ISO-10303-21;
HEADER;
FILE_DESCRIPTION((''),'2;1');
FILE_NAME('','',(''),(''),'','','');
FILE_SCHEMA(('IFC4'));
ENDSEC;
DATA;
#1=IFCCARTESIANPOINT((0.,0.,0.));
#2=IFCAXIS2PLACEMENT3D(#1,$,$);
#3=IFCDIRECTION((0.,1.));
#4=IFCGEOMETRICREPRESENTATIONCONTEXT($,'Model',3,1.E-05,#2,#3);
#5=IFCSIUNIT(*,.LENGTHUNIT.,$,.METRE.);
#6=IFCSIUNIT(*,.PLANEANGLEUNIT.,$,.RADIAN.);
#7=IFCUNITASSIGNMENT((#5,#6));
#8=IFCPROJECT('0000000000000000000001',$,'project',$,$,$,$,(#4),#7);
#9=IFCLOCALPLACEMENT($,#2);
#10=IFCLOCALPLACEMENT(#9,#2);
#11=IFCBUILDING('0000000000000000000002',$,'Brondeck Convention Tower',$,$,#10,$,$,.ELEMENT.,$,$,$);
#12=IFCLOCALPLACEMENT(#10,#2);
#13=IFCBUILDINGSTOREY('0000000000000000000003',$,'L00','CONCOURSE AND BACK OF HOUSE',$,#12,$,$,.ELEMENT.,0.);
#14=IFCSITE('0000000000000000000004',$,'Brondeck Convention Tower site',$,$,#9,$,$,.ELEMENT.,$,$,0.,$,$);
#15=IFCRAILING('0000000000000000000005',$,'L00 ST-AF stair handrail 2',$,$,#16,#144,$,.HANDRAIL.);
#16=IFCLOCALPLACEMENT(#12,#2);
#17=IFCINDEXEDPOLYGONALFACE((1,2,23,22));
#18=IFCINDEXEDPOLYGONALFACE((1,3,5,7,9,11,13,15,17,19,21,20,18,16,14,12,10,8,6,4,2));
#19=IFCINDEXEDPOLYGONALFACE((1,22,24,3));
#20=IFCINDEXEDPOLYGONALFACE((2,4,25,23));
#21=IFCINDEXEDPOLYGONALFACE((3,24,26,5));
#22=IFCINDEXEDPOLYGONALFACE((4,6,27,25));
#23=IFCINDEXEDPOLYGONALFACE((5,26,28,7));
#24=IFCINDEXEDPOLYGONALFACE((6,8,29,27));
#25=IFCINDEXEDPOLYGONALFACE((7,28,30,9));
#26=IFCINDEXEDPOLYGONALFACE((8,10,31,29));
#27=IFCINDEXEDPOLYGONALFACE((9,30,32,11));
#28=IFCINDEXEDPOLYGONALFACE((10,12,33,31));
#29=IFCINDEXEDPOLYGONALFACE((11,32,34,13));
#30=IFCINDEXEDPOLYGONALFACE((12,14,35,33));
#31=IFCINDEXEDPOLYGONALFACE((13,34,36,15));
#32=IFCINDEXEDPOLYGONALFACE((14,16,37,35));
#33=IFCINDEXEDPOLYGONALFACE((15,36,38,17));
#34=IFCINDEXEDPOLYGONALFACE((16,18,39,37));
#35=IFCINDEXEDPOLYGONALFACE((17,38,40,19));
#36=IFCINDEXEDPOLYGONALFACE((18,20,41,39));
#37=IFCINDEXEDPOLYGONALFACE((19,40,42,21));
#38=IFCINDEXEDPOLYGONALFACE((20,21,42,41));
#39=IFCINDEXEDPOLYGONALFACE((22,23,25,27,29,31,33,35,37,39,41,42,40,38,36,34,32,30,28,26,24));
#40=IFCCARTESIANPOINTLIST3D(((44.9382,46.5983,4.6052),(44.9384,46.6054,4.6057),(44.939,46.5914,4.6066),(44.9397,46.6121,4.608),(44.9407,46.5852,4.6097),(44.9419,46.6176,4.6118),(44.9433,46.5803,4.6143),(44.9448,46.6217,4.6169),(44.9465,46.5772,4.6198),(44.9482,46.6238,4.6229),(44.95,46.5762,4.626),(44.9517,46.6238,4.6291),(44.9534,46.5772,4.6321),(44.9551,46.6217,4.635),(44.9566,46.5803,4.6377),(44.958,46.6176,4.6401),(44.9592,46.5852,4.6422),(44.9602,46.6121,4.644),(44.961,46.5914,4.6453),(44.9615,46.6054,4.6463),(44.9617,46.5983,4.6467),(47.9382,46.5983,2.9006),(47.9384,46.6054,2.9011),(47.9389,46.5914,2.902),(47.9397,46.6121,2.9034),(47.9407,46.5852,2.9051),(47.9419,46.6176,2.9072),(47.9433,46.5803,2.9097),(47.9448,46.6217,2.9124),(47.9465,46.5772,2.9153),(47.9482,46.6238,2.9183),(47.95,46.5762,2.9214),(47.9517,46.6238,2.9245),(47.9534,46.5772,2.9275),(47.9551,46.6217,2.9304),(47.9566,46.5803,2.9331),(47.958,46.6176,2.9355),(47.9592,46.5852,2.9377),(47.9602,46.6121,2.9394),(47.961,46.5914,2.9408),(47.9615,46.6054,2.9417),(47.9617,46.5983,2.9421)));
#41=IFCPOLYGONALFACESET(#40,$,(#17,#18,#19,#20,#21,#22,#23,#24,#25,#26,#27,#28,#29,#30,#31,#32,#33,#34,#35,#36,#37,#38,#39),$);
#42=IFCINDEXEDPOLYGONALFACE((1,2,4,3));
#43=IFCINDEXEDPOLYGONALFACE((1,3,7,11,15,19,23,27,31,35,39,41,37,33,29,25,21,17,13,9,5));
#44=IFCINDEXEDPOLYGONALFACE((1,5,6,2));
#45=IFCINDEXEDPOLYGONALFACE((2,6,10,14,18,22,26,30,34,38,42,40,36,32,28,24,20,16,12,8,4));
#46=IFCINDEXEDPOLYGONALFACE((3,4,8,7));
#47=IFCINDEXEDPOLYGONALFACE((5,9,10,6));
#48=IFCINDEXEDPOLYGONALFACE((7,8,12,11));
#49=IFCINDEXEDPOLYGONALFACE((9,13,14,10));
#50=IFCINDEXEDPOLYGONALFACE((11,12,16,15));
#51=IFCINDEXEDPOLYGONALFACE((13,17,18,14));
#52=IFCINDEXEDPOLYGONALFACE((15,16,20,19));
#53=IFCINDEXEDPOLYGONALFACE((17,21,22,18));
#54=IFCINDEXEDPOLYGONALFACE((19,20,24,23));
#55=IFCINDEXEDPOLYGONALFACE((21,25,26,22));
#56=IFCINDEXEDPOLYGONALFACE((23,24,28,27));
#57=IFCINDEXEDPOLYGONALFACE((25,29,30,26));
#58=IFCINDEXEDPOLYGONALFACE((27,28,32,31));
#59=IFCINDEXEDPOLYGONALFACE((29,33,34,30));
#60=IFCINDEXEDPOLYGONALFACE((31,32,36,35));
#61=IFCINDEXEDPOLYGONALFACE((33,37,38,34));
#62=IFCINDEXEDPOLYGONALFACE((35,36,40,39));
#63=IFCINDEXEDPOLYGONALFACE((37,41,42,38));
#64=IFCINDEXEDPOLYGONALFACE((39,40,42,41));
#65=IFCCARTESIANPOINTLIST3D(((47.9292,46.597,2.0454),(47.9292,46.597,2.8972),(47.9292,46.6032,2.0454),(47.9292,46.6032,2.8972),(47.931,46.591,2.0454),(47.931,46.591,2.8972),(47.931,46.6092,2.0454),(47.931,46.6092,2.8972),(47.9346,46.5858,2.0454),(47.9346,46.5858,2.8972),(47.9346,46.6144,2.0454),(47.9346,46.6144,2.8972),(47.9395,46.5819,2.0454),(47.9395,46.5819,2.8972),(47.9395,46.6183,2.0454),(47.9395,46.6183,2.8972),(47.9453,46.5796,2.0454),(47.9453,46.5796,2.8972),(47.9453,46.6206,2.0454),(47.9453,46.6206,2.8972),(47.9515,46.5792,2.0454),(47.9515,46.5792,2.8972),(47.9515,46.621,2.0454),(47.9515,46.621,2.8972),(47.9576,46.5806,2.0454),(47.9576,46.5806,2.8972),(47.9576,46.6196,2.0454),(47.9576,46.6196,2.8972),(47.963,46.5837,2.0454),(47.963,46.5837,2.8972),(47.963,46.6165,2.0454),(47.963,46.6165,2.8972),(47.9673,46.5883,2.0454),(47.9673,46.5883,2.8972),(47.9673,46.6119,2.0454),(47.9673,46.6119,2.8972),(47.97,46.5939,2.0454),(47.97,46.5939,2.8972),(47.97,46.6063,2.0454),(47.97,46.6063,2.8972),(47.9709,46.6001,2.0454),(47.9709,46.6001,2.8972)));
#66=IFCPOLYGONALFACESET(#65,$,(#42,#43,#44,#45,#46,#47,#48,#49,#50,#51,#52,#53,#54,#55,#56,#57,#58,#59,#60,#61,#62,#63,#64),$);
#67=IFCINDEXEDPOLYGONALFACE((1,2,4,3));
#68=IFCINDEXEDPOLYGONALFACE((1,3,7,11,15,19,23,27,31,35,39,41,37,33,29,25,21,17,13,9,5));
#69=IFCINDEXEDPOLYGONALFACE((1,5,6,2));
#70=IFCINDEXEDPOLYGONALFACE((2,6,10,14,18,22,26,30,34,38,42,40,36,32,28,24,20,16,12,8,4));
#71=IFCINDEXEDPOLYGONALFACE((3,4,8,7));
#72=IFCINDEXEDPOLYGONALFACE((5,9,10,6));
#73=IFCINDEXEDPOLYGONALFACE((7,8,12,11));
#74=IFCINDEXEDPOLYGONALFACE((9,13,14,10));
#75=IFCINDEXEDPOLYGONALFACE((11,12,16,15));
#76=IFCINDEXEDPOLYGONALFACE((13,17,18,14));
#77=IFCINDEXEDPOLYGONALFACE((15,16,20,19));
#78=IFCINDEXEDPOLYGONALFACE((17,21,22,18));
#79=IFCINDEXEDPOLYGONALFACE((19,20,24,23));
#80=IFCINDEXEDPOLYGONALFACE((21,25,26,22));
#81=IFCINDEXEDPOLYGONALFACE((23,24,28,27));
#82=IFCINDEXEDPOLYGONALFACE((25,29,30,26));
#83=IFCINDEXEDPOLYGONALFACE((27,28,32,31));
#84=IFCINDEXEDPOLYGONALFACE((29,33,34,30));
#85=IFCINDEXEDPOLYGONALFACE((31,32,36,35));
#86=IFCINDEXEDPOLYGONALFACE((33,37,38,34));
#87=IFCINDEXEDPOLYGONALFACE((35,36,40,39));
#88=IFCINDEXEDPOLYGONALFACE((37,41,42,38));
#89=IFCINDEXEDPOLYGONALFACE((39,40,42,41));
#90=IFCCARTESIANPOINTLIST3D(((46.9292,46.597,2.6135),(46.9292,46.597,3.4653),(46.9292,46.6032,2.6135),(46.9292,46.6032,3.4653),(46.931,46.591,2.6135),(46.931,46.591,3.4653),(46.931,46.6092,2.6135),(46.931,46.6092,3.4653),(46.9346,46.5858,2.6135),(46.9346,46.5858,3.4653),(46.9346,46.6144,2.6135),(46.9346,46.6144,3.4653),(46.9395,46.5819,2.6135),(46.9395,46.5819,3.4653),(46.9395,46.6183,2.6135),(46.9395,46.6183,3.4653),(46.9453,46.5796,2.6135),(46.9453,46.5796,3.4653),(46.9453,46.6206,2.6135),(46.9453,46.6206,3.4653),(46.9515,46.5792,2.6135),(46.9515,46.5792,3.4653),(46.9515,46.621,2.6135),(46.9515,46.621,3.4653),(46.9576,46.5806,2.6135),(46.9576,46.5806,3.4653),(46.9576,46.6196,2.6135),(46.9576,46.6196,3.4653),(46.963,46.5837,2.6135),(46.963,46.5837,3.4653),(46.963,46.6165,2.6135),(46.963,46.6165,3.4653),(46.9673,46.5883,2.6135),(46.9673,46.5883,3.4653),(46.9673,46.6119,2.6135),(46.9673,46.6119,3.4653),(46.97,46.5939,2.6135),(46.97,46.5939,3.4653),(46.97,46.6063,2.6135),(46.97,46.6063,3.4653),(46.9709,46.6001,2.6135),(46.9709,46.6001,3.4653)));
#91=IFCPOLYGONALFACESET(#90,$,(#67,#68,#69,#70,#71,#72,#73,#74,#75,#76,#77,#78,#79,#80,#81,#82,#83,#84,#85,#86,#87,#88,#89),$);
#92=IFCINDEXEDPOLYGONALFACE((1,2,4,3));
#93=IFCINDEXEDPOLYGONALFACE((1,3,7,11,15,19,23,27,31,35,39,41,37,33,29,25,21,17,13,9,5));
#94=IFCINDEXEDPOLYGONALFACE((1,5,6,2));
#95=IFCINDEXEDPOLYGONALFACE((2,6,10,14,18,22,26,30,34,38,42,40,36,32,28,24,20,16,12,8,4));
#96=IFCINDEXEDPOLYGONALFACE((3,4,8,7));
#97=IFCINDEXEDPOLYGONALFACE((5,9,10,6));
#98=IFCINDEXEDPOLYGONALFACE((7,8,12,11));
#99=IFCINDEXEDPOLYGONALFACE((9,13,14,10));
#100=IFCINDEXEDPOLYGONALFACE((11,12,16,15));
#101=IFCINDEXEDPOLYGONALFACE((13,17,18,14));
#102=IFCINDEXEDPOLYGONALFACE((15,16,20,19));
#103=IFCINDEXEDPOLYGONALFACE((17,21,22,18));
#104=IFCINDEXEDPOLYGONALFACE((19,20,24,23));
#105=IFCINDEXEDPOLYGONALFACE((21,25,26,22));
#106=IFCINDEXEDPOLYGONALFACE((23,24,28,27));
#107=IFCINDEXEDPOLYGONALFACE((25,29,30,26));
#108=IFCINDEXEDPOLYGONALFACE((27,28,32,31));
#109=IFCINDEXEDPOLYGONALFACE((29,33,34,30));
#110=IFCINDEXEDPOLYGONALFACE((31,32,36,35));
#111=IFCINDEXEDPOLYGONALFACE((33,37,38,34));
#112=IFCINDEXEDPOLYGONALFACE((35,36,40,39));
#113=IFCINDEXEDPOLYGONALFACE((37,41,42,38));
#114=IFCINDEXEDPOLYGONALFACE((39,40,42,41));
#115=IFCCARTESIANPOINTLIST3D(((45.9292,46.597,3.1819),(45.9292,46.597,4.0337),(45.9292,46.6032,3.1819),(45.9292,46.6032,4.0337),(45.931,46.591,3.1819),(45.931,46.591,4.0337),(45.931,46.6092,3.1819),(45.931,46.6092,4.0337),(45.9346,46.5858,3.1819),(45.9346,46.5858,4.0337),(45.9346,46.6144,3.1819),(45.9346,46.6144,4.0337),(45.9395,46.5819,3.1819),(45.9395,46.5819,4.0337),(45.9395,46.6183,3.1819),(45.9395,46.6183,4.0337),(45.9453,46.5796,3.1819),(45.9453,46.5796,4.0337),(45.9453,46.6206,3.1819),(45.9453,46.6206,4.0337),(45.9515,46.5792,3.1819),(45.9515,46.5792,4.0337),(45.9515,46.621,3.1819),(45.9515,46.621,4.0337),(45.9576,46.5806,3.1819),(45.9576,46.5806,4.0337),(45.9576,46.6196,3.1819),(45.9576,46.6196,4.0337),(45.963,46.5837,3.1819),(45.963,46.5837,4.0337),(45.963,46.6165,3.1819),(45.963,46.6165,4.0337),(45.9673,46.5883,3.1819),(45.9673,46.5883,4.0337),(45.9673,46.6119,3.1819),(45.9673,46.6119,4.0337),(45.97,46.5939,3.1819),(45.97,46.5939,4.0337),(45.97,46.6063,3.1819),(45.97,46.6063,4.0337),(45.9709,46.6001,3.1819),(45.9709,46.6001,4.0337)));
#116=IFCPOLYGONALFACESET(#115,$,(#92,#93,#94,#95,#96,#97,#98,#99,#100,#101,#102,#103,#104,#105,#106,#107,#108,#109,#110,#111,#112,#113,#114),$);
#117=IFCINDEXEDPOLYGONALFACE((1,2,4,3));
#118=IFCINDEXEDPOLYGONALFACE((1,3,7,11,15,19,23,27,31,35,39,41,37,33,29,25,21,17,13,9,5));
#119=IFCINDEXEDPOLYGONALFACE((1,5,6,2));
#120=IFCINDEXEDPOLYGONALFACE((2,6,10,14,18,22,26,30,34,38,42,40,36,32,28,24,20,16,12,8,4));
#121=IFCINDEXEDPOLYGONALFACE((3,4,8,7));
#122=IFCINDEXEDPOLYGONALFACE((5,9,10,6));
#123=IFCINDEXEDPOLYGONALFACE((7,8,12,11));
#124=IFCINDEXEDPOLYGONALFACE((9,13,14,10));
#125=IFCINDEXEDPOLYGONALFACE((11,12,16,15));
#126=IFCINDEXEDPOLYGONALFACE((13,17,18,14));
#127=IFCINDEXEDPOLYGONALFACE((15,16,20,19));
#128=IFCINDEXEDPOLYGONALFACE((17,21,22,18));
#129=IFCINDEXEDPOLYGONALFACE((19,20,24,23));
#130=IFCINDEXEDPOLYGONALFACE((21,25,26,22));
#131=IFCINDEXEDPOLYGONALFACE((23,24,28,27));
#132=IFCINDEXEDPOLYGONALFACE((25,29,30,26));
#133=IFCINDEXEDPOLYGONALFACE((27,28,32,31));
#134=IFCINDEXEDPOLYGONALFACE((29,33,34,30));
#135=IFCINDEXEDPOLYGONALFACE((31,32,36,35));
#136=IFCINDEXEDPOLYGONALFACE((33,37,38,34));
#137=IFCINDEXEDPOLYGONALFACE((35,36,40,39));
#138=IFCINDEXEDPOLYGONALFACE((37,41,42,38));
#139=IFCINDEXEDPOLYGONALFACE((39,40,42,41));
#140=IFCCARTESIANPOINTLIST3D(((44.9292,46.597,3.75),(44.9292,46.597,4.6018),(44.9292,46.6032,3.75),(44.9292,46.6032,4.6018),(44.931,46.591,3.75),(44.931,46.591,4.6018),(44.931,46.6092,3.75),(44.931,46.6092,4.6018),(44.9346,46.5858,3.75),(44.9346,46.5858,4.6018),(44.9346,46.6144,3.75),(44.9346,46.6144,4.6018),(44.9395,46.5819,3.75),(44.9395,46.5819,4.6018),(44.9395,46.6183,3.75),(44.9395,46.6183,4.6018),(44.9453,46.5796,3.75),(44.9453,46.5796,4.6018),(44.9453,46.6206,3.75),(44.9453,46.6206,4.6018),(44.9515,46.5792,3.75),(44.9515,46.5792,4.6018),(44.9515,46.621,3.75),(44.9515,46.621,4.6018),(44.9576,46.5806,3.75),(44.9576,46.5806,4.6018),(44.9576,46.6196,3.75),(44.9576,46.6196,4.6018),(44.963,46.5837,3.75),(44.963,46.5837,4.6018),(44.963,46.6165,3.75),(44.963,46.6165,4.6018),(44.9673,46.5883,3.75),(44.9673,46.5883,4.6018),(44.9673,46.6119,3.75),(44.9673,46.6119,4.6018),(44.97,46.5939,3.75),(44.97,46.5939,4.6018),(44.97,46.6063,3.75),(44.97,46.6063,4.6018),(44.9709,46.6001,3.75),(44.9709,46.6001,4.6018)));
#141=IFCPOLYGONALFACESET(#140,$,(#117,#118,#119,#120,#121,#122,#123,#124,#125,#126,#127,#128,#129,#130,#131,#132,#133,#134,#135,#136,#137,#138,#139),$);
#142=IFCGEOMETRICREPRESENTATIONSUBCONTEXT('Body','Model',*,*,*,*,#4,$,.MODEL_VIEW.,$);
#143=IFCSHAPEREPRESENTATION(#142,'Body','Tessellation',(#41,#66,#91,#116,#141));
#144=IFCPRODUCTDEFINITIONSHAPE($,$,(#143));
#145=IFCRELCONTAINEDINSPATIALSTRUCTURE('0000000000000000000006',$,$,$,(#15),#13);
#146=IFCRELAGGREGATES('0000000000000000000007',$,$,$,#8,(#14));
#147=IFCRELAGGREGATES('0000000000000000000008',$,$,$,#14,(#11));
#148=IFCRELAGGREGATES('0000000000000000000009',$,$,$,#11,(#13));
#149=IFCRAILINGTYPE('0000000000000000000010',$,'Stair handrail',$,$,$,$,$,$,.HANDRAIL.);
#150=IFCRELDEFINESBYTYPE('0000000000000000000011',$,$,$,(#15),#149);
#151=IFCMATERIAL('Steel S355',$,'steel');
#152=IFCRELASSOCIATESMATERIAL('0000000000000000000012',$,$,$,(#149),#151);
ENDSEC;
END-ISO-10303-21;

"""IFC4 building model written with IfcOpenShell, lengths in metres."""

from ifc_helpers import new_model, si_unit, direction, frame, origin, origin_2d, place, context, subcontext, project, spatial, circle, extrude, material, type_object, element, save


model = new_model("IFC4")

# Units and contexts
model_context = context("Model", 3, precision=1e-05, world=origin(), true_north=direction((0.0, 1.0)))
body_context = subcontext(model_context, "Body", "Model", "MODEL_VIEW")
ifc_project = project(units=[si_unit("LENGTHUNIT", "METRE"), si_unit("PLANEANGLEUNIT", "RADIAN")], contexts=[model_context])

# Site, building, storey
site_placement = place(None, origin())
site = spatial("IfcSite", under=ifc_project, at=site_placement, Name="Brondeck Convention Tower site", CompositionType="ELEMENT", RefElevation=0.0)
building_placement = place(site_placement, origin())
building = spatial("IfcBuilding", under=site, at=building_placement, Name="Brondeck Convention Tower", CompositionType="ELEMENT")
storey_placement = place(building_placement, origin())
storey = spatial("IfcBuildingStorey", under=building, at=storey_placement, Name="L00", Description="CONCOURSE AND BACK OF HOUSE", CompositionType="ELEMENT", Elevation=0.0)

# Shared definitions
ifc_material_1 = material(Name="Steel S355", Category="steel")

# Railing
railing_type_1 = type_object("IfcRailingType", Name="Stair handrail", PredefinedType="HANDRAIL", material=ifc_material_1)
railing_1_placement = place(storey_placement, frame((47.95, 46.6001, 2.0454)))
element("IfcRailing", 1, at=railing_1_placement, inside=storey, type_object=railing_type_1, Name="L00 ST-AF stair handrail 2", PredefinedType="HANDRAIL", context=body_context, shape_type="SweptSolid", body=[
    extrude(circle(Radius=0.0239, at=origin_2d()), frame((0.0, 0.0, 0.876), z_axis=(-0.869451, 0.0, 0.494019), x_axis=(0.0, -1.0, 0.0)), (0.0, 0.0, 1.0), 3.4504),
    extrude(circle(Radius=0.021, at=origin_2d()), origin(), (0.0, 0.0, 1.0), 0.8518),
    extrude(circle(Radius=0.021, at=origin_2d()), frame((-1.0, 0.0, 0.5681)), (0.0, 0.0, 1.0), 0.8518),
    extrude(circle(Radius=0.021, at=origin_2d()), frame((-2.0, 0.0, 1.1365)), (0.0, 0.0, 1.0), 0.8518),
    extrude(circle(Radius=0.021, at=origin_2d()), frame((-3.0, 0.0, 1.7046)), (0.0, 0.0, 1.0), 0.8518),
])

save(model, "model.ifc")
